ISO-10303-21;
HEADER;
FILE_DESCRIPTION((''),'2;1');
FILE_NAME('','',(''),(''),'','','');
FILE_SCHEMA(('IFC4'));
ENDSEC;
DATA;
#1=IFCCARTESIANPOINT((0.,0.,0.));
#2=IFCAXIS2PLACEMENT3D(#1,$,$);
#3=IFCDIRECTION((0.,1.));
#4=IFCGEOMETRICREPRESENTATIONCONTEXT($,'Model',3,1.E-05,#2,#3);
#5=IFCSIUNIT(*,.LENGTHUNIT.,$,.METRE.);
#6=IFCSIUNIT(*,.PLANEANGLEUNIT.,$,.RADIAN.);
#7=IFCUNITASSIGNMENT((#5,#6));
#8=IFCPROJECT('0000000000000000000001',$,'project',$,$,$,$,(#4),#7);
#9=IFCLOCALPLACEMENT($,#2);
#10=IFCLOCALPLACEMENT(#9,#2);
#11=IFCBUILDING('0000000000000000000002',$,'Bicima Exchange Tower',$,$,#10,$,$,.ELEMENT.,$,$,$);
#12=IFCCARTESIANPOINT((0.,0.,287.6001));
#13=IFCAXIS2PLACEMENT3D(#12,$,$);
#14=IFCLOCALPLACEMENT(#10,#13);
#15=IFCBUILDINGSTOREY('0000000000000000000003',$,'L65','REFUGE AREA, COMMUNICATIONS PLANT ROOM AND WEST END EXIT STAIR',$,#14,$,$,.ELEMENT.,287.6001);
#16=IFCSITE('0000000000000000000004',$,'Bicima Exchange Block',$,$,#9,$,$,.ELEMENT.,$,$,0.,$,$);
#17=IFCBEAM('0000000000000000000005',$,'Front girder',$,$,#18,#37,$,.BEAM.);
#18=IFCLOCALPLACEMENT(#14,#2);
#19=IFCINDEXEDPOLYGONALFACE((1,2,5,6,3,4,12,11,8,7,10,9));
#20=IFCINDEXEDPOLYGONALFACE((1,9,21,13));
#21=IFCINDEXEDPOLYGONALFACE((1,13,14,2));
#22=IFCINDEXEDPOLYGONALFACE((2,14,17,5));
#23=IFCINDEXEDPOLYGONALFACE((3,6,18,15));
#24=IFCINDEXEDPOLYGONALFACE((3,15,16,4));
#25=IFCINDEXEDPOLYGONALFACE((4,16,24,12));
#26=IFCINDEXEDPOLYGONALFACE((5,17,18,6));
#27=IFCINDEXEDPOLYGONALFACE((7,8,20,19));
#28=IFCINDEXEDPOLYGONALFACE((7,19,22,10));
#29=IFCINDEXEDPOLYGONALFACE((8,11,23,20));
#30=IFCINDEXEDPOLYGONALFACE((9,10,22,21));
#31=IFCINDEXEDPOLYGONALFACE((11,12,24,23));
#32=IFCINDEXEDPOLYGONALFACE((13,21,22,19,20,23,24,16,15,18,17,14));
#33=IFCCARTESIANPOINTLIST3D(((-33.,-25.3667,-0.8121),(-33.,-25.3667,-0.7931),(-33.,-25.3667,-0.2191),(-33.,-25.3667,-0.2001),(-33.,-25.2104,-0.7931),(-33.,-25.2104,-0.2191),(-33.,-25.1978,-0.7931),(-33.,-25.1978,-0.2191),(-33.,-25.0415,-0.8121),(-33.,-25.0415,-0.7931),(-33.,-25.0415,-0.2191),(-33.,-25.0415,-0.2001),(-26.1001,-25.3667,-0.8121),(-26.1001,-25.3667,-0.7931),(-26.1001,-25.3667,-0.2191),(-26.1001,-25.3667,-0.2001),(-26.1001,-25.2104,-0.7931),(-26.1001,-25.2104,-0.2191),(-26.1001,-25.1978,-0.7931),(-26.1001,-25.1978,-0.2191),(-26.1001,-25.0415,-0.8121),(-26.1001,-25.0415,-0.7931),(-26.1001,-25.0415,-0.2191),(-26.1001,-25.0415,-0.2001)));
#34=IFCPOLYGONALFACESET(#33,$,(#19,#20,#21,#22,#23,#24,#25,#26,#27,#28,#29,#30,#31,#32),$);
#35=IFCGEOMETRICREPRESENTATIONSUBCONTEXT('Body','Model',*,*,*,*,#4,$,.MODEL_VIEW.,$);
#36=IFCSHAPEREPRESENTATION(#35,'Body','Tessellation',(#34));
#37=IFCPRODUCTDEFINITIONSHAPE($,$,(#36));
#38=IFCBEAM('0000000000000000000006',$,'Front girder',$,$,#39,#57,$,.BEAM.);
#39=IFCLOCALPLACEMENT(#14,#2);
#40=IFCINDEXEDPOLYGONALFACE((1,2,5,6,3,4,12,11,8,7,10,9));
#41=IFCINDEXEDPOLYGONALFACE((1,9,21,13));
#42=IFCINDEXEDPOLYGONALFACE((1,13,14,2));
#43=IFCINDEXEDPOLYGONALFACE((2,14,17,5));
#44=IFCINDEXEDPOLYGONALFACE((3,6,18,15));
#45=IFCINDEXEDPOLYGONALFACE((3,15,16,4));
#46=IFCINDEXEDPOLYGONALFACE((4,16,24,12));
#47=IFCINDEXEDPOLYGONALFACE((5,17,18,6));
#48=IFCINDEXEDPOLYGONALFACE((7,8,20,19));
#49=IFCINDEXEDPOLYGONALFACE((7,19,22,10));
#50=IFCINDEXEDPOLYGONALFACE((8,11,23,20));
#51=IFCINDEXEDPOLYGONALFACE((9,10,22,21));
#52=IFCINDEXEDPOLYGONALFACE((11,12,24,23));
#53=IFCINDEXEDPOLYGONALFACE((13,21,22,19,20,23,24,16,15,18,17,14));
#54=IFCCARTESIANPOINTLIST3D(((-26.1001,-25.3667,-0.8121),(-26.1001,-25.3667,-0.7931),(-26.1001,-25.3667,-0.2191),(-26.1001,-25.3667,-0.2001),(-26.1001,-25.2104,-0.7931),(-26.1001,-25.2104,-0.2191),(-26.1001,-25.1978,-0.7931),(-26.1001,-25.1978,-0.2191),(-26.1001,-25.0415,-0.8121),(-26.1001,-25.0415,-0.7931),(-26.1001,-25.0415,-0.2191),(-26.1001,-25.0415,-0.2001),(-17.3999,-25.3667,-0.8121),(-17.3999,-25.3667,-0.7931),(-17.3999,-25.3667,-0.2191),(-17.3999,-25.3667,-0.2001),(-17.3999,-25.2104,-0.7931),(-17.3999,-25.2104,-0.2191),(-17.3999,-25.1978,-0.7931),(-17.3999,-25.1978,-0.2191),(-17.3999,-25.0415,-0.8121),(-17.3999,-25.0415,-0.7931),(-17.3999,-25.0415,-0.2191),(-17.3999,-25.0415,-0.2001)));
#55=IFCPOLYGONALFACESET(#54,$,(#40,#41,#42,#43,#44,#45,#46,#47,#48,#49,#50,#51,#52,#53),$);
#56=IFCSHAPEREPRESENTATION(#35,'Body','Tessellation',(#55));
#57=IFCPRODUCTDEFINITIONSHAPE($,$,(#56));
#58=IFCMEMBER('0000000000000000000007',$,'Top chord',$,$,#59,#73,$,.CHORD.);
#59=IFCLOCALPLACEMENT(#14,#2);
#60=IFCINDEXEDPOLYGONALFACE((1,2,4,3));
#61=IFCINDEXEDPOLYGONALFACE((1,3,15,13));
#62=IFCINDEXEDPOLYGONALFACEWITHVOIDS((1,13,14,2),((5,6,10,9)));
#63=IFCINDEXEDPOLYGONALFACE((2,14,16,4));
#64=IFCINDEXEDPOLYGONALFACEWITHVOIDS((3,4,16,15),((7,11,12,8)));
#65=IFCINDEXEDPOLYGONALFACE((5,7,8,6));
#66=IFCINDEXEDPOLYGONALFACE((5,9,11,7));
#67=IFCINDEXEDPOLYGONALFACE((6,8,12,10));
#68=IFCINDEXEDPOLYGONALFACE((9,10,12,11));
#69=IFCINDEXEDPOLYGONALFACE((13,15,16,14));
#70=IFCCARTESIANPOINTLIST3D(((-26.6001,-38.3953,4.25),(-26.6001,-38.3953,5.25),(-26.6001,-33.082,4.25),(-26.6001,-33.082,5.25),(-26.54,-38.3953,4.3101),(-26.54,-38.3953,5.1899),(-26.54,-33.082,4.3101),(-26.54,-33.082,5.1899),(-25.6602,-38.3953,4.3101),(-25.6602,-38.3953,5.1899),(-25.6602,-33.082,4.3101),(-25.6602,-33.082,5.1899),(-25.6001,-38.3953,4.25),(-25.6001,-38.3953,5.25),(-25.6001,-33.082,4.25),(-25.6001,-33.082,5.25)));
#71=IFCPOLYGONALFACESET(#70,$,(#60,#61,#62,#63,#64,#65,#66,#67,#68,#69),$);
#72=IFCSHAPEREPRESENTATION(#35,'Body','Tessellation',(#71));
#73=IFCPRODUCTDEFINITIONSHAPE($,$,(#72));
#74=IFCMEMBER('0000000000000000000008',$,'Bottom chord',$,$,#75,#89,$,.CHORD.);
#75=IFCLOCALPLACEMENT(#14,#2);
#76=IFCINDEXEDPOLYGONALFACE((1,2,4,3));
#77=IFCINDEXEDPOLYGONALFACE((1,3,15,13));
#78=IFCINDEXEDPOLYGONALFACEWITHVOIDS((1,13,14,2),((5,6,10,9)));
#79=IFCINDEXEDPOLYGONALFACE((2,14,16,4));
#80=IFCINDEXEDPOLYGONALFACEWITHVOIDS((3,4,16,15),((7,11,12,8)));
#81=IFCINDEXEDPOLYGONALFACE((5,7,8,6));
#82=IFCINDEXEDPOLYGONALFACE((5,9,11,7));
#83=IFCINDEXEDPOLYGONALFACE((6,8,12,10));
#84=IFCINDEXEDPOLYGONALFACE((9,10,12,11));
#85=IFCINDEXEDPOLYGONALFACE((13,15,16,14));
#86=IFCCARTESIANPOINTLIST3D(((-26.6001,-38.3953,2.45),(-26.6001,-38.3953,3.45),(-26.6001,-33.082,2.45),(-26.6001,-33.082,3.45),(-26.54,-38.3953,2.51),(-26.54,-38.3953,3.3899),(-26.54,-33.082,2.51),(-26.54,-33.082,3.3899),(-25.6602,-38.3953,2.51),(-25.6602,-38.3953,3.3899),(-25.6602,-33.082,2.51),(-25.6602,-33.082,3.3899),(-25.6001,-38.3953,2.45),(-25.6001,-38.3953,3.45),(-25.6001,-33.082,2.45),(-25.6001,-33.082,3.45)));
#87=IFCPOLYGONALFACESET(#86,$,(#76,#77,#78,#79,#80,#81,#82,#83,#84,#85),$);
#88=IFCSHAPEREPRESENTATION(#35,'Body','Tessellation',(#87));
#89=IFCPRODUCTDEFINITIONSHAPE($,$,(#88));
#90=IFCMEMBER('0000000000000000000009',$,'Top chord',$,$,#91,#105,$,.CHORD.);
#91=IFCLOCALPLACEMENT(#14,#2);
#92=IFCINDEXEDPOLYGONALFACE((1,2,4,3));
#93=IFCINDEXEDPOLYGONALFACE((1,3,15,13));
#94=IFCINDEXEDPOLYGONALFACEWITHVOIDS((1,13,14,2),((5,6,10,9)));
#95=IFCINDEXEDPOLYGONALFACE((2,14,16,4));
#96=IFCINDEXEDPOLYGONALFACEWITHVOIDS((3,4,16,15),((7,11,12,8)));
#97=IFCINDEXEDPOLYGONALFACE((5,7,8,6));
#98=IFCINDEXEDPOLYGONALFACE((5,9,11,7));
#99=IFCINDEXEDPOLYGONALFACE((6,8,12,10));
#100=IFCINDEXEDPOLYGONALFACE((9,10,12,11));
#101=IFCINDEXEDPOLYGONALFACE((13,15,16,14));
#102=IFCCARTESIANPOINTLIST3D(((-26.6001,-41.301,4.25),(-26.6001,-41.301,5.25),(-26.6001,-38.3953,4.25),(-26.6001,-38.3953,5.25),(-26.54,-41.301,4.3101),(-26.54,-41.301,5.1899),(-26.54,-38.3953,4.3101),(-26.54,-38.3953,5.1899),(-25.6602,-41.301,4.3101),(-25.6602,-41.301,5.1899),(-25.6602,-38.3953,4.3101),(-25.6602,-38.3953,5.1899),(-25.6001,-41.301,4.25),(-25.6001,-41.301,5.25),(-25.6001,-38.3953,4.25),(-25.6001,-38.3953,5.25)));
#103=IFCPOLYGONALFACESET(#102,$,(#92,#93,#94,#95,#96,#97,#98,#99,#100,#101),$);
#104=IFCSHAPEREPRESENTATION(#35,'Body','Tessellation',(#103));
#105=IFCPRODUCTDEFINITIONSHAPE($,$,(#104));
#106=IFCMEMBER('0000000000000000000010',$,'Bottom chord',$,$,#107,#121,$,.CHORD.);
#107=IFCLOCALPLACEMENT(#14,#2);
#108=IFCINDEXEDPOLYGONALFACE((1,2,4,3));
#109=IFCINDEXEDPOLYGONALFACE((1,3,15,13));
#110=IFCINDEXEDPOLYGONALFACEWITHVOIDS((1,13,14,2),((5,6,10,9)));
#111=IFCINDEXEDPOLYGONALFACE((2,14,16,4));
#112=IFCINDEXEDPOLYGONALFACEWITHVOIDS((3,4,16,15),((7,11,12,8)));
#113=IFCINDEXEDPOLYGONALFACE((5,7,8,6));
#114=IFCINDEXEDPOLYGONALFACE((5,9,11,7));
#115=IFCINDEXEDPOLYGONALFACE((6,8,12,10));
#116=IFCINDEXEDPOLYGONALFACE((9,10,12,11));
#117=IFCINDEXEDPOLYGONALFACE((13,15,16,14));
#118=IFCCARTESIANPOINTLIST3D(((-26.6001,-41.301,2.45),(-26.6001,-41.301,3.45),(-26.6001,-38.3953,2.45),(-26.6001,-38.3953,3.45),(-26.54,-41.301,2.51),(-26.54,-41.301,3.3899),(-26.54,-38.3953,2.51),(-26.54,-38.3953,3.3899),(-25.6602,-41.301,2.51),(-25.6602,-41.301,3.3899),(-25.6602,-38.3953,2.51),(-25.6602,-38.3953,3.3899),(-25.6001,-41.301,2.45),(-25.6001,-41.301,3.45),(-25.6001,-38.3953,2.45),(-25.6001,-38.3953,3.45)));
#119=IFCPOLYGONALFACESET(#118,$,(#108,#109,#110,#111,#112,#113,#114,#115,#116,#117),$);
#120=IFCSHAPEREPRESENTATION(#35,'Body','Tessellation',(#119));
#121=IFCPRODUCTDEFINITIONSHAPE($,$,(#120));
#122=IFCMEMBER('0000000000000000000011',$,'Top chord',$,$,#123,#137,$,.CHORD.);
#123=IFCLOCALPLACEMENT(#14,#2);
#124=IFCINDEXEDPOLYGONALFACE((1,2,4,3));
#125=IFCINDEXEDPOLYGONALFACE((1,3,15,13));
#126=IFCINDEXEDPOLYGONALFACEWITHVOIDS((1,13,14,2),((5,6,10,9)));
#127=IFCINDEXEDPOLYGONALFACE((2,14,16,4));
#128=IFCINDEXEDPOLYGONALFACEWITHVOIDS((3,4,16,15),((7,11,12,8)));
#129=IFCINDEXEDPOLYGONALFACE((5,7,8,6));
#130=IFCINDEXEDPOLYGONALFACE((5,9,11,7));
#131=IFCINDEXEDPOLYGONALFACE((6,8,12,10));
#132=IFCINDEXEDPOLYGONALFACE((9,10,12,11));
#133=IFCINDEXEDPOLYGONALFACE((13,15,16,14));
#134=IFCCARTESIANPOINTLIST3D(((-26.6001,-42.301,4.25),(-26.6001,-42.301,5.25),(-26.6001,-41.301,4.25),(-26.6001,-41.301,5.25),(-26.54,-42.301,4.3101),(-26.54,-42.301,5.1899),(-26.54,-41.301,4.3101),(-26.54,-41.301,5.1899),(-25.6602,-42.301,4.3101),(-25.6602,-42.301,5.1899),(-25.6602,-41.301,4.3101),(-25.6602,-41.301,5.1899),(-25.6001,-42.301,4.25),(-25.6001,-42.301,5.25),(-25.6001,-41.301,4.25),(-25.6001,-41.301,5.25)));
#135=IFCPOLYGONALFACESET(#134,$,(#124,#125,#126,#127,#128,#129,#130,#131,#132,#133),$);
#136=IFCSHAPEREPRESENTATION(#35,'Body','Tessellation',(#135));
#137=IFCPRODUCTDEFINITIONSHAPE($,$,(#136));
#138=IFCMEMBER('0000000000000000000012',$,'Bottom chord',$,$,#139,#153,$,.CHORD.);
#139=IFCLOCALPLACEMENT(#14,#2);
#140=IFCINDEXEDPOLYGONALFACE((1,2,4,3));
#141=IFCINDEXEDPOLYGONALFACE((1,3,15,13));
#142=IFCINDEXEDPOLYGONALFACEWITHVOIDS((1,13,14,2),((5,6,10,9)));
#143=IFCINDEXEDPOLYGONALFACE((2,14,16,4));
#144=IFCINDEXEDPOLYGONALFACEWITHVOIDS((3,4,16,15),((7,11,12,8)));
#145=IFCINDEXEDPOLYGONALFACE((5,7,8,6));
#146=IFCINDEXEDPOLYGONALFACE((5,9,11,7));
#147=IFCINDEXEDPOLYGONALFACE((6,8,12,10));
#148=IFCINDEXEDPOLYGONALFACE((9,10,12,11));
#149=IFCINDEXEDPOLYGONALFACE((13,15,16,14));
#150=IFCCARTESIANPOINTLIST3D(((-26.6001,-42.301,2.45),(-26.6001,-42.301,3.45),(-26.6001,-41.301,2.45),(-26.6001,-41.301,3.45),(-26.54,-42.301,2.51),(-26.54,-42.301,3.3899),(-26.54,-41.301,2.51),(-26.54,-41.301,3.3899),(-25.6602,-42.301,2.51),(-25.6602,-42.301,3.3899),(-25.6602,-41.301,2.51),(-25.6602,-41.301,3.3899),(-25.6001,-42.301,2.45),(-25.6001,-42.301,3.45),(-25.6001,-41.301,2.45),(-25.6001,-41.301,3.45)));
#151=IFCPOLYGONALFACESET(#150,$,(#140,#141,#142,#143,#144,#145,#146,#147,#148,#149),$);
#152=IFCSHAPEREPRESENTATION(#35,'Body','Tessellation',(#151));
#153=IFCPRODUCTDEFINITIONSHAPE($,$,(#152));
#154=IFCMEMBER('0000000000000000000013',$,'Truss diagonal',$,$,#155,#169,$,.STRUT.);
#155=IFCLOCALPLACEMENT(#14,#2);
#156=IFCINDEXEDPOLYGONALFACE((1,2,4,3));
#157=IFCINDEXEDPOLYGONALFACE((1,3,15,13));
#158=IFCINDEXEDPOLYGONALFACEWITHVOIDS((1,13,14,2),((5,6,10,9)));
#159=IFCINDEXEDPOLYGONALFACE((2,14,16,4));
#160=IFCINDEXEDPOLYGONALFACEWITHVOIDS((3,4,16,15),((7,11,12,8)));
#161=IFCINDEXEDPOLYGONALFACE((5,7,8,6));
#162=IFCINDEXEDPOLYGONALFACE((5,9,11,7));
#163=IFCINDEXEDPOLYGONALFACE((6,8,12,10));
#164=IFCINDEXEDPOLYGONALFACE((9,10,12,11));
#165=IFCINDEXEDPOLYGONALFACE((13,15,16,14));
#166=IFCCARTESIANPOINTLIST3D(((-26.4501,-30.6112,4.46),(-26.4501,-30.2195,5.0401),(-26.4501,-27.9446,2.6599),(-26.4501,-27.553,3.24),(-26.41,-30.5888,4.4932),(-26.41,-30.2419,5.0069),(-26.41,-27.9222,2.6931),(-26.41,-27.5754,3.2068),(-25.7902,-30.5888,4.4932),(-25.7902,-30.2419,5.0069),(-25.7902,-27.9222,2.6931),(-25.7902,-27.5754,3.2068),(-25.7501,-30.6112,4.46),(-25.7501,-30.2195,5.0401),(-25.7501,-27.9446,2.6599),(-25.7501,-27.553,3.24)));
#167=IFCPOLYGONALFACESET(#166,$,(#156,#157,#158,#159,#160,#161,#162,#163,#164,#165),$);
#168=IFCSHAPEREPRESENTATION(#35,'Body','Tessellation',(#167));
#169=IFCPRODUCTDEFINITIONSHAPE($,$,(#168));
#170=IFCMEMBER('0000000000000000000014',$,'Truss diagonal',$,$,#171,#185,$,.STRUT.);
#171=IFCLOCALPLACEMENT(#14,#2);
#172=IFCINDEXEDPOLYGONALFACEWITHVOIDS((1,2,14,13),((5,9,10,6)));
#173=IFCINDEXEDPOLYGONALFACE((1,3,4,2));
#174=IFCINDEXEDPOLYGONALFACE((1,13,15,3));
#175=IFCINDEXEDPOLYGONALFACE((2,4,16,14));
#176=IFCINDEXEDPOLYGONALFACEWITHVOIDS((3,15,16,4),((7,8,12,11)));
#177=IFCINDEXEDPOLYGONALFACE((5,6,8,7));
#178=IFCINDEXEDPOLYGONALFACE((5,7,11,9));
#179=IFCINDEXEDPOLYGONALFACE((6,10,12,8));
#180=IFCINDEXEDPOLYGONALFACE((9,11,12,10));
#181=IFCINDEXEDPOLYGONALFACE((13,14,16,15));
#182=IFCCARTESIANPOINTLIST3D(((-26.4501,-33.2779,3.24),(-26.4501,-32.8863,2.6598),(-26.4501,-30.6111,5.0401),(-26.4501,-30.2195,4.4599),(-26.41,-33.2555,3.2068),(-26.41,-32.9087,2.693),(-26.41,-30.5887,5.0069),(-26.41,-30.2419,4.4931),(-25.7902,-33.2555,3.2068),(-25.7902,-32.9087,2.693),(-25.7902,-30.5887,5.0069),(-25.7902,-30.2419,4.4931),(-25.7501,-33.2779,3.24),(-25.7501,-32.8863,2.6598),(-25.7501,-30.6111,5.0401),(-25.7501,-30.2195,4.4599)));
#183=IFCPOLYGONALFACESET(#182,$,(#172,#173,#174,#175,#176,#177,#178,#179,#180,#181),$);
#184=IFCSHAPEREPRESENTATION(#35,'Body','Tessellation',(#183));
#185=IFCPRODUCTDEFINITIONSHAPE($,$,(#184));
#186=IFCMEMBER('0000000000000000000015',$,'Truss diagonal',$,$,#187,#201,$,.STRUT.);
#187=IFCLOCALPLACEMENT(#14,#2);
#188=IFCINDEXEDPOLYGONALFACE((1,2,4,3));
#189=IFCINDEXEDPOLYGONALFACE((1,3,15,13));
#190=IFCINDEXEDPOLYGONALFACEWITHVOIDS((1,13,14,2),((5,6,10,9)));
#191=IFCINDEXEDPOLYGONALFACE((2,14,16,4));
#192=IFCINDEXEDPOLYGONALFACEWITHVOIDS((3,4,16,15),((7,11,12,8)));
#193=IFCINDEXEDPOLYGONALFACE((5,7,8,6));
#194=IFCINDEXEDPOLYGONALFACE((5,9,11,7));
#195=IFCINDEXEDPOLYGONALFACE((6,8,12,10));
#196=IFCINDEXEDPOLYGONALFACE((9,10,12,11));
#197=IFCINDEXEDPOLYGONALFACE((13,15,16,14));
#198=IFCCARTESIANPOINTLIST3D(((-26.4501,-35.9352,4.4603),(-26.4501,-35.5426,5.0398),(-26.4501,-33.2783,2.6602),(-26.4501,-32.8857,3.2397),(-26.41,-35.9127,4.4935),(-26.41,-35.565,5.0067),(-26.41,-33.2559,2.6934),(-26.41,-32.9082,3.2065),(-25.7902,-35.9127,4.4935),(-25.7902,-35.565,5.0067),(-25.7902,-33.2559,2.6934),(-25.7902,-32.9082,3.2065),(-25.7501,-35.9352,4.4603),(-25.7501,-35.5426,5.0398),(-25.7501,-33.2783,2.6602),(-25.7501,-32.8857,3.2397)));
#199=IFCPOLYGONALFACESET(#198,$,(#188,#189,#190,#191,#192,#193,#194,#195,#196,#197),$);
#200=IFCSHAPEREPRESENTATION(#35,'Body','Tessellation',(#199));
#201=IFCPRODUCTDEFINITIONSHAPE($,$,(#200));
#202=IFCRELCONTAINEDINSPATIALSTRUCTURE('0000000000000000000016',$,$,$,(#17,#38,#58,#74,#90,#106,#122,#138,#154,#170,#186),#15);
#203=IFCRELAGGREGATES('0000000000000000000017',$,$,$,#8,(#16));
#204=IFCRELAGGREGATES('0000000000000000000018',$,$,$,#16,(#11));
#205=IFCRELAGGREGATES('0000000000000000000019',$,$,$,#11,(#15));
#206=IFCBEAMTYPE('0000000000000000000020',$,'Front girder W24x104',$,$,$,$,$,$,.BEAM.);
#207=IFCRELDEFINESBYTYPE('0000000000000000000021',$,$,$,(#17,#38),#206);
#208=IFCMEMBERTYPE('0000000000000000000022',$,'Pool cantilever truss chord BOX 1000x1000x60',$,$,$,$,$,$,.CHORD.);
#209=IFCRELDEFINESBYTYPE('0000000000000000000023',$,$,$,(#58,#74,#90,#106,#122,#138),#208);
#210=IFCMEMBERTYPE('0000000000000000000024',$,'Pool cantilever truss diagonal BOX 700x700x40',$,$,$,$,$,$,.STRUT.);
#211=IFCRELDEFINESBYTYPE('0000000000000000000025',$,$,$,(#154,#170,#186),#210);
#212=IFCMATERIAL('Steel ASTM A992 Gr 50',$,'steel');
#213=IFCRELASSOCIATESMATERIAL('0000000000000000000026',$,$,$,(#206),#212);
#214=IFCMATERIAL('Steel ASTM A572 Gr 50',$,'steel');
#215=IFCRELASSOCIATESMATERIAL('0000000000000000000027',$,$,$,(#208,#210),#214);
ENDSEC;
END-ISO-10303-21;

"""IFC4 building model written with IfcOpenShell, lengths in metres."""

from ifc_helpers import new_model, si_unit, direction, frame, origin, origin_2d, place, context, subcontext, project, spatial, hollow_rectangle, i_section, extrude, material, material_profile, profile_set, type_object, element, save


model = new_model("IFC4")

# Units and contexts
model_context = context("Model", 3, precision=1e-05, world=origin(), true_north=direction((0.0, 1.0)))
body_context = subcontext(model_context, "Body", "Model", "MODEL_VIEW")
ifc_project = project(units=[si_unit("LENGTHUNIT", "METRE"), si_unit("PLANEANGLEUNIT", "RADIAN")], contexts=[model_context])

# Site, building, storey
site_placement = place(None, origin())
site = spatial("IfcSite", under=ifc_project, at=site_placement, Name="Bicima Exchange Block", CompositionType="ELEMENT", RefElevation=0.0)
building_placement = place(site_placement, origin())
building = spatial("IfcBuilding", under=site, at=building_placement, Name="Bicima Exchange Tower", CompositionType="ELEMENT")
storey_placement = place(building_placement, frame((0.0, 0.0, 287.6001)))
storey = spatial("IfcBuildingStorey", under=building, at=storey_placement, Name="L65", Description="REFUGE AREA, COMMUNICATIONS PLANT ROOM AND WEST END EXIT STAIR", CompositionType="ELEMENT", Elevation=287.6001)

# Shared definitions
ifc_material_1 = material(Name="Steel ASTM A572 Gr 50", Category="steel")

# Shared definitions
ifc_material_2 = material(Name="Steel ASTM A992 Gr 50", Category="steel")

# Beams
ifc_material_profile_1 = material_profile(ifc_material_2, i_section(OverallWidth=0.3252, OverallDepth=0.6121, WebThickness=0.0127, FlangeThickness=0.019, at=origin_2d()))
ifc_profile_set_1 = profile_set([ifc_material_profile_1], Name="Steel ASTM A992 Gr 50")
beam_type_1 = type_object("IfcBeamType", Name="Front girder W24x104", PredefinedType="BEAM", material=ifc_profile_set_1)
beam_1_placement = place(storey_placement, frame((-33.0, -25.2041, -0.5061), z_axis=(1.0, 0.0, 0.0), x_axis=(0.0, 1.0, 0.0)))
element("IfcBeam", 1, at=beam_1_placement, inside=storey, type_object=beam_type_1, Name="Front girder", PredefinedType="BEAM", context=body_context, shape_type="SweptSolid", body=[
    extrude(i_section(OverallWidth=0.3252, OverallDepth=0.6121, WebThickness=0.0127, FlangeThickness=0.019, at=origin_2d()), origin(), (0.0, 0.0, 1.0), 6.8999),
])
beam_2_placement = place(storey_placement, frame((-26.1001, -25.2041, -0.5061), z_axis=(1.0, 0.0, 0.0), x_axis=(0.0, 1.0, 0.0)))
element("IfcBeam", 2, at=beam_2_placement, inside=storey, type_object=beam_type_1, Name="Front girder", PredefinedType="BEAM", context=body_context, shape_type="SweptSolid", body=[
    extrude(i_section(OverallWidth=0.3252, OverallDepth=0.6121, WebThickness=0.0127, FlangeThickness=0.019, at=origin_2d()), origin(), (0.0, 0.0, 1.0), 8.7002),
])

# Members
ifc_material_profile_2 = material_profile(ifc_material_1, hollow_rectangle(XDim=1.0, YDim=1.0, WallThickness=0.0601, at=origin_2d()))
ifc_profile_set_2 = profile_set([ifc_material_profile_2], Name="Steel ASTM A572 Gr 50")
member_type_1 = type_object("IfcMemberType", Name="Pool cantilever truss chord BOX 1000x1000x60", PredefinedType="CHORD", material=ifc_profile_set_2)
for number, where, z_axis, x_axis, name in (
    (3, (-26.1001, -33.082, 4.75), (0.0, -1.0, 0.0), (1.0, 0.0, 0.0), "Top chord"),
    (4, (-26.1001, -33.082, 2.95), (0.0, -1.0, 0.0), (1.0, 0.0, 0.0), "Bottom chord"),
):
    element("IfcMember", number, at=place(storey_placement, frame(where, z_axis=z_axis, x_axis=x_axis)), inside=storey, type_object=member_type_1, Name=name, PredefinedType="CHORD", context=body_context, shape_type="SweptSolid", body=[
        extrude(hollow_rectangle(XDim=1.0, YDim=1.0, WallThickness=0.0601, at=origin_2d()), origin(), (0.0, 0.0, 1.0), 5.3132),
    ])
for number, where, z_axis, x_axis, name in (
    (5, (-26.1001, -38.3953, 4.75), (0.0, -1.0, 0.0), (1.0, 0.0, 0.0), "Top chord"),
    (6, (-26.1001, -38.3953, 2.95), (0.0, -1.0, 0.0), (1.0, 0.0, 0.0), "Bottom chord"),
):
    element("IfcMember", number, at=place(storey_placement, frame(where, z_axis=z_axis, x_axis=x_axis)), inside=storey, type_object=member_type_1, Name=name, PredefinedType="CHORD", context=body_context, shape_type="SweptSolid", body=[
        extrude(hollow_rectangle(XDim=1.0, YDim=1.0, WallThickness=0.0601, at=origin_2d()), origin(), (0.0, 0.0, 1.0), 2.9058),
    ])
for number, where, z_axis, x_axis, name in (
    (7, (-26.1001, -41.301, 4.75), (0.0, -1.0, 0.0), (1.0, 0.0, 0.0), "Top chord"),
    (8, (-26.1001, -41.301, 2.95), (0.0, -1.0, 0.0), (1.0, 0.0, 0.0), "Bottom chord"),
):
    element("IfcMember", number, at=place(storey_placement, frame(where, z_axis=z_axis, x_axis=x_axis)), inside=storey, type_object=member_type_1, Name=name, PredefinedType="CHORD", context=body_context, shape_type="SweptSolid", body=[
        extrude(hollow_rectangle(XDim=1.0, YDim=1.0, WallThickness=0.0601, at=origin_2d()), origin(), (0.0, 0.0, 1.0), 1.0),
    ])
ifc_material_profile_3 = material_profile(ifc_material_1, hollow_rectangle(XDim=0.7, YDim=0.7, WallThickness=0.04, at=origin_2d()))
ifc_profile_set_3 = profile_set([ifc_material_profile_3], Name="Steel ASTM A572 Gr 50")
member_type_2 = type_object("IfcMemberType", Name="Pool cantilever truss diagonal BOX 700x700x40", PredefinedType="STRUT", material=ifc_profile_set_3)
member_1_placement = place(storey_placement, frame((-26.1001, -27.7488, 2.95), z_axis=(0.0, -0.828826, 0.559507), x_axis=(1.0, 0.0, 0.0)))
element("IfcMember", 9, at=member_1_placement, inside=storey, type_object=member_type_2, Name="Truss diagonal", PredefinedType="STRUT", context=body_context, shape_type="SweptSolid", body=[
    extrude(hollow_rectangle(XDim=0.7, YDim=0.7, WallThickness=0.04, at=origin_2d()), origin(), (0.0, 0.0, 1.0), 3.2173),
])
member_2_placement = place(storey_placement, frame((-26.1001, -30.4153, 4.75), z_axis=(0.0, -0.82885, -0.559472), x_axis=(1.0, 0.0, 0.0)))
element("IfcMember", 10, at=member_2_placement, inside=storey, type_object=member_type_2, Name="Truss diagonal", PredefinedType="STRUT", context=body_context, shape_type="SweptSolid", body=[
    extrude(hollow_rectangle(XDim=0.7, YDim=0.7, WallThickness=0.04, at=origin_2d()), origin(), (0.0, 0.0, 1.0), 3.2175),
])
member_3_placement = place(storey_placement, frame((-26.1001, -33.082, 2.95), z_axis=(0.0, -0.827872, 0.560917), x_axis=(1.0, 0.0, 0.0)))
element("IfcMember", 11, at=member_3_placement, inside=storey, type_object=member_type_2, Name="Truss diagonal", PredefinedType="STRUT", context=body_context, shape_type="SweptSolid", body=[
    extrude(hollow_rectangle(XDim=0.7, YDim=0.7, WallThickness=0.04, at=origin_2d()), origin(), (0.0, 0.0, 1.0), 3.2092),
])

save(model, "model.ifc")
